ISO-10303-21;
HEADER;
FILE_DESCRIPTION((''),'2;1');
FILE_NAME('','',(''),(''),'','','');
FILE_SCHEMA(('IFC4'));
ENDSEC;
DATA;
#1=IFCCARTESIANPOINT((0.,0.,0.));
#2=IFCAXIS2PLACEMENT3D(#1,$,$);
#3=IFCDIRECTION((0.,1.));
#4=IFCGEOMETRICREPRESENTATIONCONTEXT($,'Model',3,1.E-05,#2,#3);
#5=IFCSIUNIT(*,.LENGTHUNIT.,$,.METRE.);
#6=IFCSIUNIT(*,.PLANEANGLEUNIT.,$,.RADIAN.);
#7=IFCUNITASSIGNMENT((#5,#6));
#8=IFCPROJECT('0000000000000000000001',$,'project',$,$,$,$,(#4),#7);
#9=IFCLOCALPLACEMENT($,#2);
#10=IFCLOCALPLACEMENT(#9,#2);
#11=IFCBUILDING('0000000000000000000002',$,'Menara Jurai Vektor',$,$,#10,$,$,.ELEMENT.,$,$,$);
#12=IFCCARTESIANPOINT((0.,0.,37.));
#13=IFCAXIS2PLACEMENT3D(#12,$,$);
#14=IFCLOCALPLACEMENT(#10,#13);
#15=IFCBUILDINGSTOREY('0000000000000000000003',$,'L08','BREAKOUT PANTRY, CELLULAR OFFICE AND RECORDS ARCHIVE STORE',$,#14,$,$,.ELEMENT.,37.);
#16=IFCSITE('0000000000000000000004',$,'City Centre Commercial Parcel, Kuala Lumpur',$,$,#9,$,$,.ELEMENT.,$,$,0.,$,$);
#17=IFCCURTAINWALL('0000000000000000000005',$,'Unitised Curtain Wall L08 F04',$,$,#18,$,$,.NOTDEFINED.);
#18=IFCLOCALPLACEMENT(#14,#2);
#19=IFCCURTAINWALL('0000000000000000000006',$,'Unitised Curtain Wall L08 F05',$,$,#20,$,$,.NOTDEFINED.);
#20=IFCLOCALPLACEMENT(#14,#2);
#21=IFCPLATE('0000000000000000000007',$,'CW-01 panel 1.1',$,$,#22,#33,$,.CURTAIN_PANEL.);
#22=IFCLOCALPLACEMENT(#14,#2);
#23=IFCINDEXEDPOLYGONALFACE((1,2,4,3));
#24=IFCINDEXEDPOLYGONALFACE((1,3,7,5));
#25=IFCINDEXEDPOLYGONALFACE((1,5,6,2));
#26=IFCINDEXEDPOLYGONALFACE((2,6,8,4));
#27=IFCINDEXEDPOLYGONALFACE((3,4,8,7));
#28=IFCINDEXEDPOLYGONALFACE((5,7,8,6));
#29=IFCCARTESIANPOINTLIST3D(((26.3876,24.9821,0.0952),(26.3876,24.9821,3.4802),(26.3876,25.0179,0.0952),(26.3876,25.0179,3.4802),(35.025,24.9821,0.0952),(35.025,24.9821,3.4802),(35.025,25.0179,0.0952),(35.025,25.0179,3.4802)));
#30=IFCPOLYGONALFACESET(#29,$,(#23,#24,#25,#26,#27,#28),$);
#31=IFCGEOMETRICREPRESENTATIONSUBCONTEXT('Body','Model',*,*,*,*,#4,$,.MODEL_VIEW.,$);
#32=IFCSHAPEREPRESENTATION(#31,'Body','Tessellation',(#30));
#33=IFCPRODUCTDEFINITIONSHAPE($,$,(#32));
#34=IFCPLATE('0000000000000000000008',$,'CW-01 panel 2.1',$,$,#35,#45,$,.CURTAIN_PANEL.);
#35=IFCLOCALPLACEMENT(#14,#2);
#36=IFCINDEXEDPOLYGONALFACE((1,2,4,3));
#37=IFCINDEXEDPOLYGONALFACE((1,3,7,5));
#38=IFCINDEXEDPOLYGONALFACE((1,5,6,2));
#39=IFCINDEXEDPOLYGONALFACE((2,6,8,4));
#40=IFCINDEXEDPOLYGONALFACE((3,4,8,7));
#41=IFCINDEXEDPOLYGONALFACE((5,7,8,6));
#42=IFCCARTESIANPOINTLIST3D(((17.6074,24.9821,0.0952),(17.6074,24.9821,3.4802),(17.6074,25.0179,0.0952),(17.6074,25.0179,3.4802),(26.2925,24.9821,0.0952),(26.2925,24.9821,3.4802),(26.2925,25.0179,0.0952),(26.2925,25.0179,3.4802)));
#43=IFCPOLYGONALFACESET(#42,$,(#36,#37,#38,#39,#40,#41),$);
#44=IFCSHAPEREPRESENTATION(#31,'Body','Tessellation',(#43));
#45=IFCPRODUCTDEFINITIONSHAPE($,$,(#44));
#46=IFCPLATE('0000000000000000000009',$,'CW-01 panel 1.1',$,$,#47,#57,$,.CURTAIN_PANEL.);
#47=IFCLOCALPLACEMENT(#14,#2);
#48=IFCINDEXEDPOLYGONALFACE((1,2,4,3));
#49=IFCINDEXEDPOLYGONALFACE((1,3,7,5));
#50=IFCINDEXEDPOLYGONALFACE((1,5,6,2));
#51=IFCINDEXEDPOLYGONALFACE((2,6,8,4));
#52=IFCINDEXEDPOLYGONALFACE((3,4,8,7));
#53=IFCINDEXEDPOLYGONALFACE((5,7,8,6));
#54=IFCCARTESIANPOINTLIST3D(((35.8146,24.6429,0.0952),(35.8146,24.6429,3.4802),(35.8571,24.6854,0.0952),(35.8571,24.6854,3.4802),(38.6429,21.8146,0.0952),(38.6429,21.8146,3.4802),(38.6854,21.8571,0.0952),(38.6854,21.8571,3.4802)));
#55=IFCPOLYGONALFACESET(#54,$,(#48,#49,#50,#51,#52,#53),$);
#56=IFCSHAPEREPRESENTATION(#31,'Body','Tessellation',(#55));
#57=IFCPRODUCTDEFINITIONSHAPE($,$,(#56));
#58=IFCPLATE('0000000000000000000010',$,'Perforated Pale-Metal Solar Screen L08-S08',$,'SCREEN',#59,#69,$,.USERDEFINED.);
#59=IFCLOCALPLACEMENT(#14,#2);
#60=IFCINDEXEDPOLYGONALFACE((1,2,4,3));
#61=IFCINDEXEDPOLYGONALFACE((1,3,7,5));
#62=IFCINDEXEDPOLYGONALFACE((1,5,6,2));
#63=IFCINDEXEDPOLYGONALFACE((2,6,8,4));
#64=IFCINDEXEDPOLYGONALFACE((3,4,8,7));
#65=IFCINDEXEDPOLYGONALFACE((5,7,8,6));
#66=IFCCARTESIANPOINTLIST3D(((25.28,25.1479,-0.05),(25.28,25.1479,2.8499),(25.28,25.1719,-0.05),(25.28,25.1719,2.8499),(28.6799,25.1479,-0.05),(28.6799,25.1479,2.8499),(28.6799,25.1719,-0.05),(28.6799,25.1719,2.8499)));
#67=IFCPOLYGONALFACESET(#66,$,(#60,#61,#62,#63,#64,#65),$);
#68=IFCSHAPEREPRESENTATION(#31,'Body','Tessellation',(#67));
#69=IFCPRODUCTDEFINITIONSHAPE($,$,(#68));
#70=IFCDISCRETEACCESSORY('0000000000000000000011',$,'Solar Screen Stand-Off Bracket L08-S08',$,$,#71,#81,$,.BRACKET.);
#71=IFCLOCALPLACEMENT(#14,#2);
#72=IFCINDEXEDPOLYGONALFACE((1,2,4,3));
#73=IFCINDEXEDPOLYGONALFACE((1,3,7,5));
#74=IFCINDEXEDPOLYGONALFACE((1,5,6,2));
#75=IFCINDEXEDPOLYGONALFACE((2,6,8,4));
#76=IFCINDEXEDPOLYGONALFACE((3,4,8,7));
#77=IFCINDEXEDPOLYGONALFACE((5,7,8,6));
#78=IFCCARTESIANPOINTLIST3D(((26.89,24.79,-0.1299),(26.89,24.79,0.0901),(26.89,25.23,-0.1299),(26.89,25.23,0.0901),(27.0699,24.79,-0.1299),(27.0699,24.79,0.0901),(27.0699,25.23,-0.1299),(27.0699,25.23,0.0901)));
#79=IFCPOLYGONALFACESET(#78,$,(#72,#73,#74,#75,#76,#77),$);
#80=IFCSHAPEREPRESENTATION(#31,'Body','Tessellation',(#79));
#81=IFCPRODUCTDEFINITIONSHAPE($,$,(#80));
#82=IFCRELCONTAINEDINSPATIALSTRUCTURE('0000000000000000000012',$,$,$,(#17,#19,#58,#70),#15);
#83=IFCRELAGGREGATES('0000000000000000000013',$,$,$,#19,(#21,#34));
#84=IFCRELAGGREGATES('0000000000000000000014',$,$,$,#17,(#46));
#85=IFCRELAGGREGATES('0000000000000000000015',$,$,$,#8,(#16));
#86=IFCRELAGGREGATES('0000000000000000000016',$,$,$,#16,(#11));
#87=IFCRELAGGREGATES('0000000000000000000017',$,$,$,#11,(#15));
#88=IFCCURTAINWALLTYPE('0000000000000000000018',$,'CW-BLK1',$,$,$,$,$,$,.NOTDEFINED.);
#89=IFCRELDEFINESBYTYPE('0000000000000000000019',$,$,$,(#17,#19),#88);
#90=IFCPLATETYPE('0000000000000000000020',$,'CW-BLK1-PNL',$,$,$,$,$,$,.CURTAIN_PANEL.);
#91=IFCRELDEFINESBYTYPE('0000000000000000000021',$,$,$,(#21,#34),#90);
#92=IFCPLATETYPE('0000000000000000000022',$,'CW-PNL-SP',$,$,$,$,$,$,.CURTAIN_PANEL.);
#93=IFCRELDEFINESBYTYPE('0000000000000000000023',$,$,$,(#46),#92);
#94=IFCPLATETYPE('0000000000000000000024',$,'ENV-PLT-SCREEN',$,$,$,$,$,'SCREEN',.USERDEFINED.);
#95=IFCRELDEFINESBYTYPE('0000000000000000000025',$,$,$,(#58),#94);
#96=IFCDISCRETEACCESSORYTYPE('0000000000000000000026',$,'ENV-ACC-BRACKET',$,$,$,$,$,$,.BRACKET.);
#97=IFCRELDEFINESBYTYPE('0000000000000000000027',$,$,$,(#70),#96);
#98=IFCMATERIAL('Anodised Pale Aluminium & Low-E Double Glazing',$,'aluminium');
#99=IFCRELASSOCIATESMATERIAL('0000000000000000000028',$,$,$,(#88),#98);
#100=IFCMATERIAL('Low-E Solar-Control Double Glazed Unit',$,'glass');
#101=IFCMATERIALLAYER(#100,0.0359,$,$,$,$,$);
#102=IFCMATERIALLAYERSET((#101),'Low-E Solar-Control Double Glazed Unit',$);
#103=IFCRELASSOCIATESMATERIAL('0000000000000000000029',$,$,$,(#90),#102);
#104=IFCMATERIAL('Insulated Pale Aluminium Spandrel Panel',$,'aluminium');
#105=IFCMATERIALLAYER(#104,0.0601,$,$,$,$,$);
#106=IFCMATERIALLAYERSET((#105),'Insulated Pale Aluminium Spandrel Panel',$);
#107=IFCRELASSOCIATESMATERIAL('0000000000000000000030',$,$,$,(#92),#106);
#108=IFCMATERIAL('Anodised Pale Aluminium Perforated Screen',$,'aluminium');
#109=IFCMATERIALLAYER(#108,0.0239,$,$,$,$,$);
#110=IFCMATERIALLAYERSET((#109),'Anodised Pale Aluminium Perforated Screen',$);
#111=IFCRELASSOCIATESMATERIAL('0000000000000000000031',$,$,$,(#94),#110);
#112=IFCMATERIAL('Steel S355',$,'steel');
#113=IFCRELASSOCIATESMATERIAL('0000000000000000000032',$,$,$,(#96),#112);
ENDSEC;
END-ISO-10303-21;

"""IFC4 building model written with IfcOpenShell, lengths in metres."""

from ifc_helpers import new_model, si_unit, direction, frame, origin, origin_2d, place, context, subcontext, project, spatial, rectangle, extrude, material, layer, layer_set, type_object, element, aggregate, save


model = new_model("IFC4")

# Units and contexts
model_context = context("Model", 3, precision=1e-05, world=origin(), true_north=direction((0.0, 1.0)))
body_context = subcontext(model_context, "Body", "Model", "MODEL_VIEW")
ifc_project = project(units=[si_unit("LENGTHUNIT", "METRE"), si_unit("PLANEANGLEUNIT", "RADIAN")], contexts=[model_context])

# Site, building, storey
site_placement = place(None, origin())
site = spatial("IfcSite", under=ifc_project, at=site_placement, Name="City Centre Commercial Parcel, Kuala Lumpur", CompositionType="ELEMENT", RefElevation=0.0)
building_placement = place(site_placement, origin())
building = spatial("IfcBuilding", under=site, at=building_placement, Name="Menara Jurai Vektor", CompositionType="ELEMENT")
storey_placement = place(building_placement, frame((0.0, 0.0, 37.0)))
storey = spatial("IfcBuildingStorey", under=building, at=storey_placement, Name="L08", Description="BREAKOUT PANTRY, CELLULAR OFFICE AND RECORDS ARCHIVE STORE", CompositionType="ELEMENT", Elevation=37.0)

# Curtain walls
ifc_material_1 = material(Name="Anodised Pale Aluminium & Low-E Double Glazing", Category="aluminium")
curtain_wall_type = type_object("IfcCurtainWallType", Name="CW-BLK1", PredefinedType="NOTDEFINED", material=ifc_material_1)
curtain_wall_1_placement = place(storey_placement, origin())
curtain_wall_1 = element("IfcCurtainWall", 1, at=curtain_wall_1_placement, inside=storey, type_object=curtain_wall_type, Name="Unitised Curtain Wall L08 F04", PredefinedType="NOTDEFINED")
curtain_wall_2_placement = place(storey_placement, origin())
curtain_wall_2 = element("IfcCurtainWall", 2, at=curtain_wall_2_placement, inside=storey, type_object=curtain_wall_type, Name="Unitised Curtain Wall L08 F05", PredefinedType="NOTDEFINED")

# Shared definitions
ifc_material_2 = material(Name="Steel S355", Category="steel")

# Plates
ifc_material_3 = material(Name="Low-E Solar-Control Double Glazed Unit", Category="glass")
ifc_layer_1 = layer(ifc_material_3, 0.0359)
ifc_layer_set_1 = layer_set([ifc_layer_1], Name="Low-E Solar-Control Double Glazed Unit")
plate_type_1 = type_object("IfcPlateType", Name="CW-BLK1-PNL", PredefinedType="CURTAIN_PANEL", material=ifc_layer_set_1)
plate_1_placement = place(storey_placement, frame((30.7063, 25.0, 0.0952), z_axis=(0.0, 0.0, 1.0), x_axis=(-1.0, 0.0, 0.0)))
plate_1 = element("IfcPlate", 3, at=plate_1_placement, type_object=plate_type_1, Name="CW-01 panel 1.1", PredefinedType="CURTAIN_PANEL", context=body_context, shape_type="SweptSolid", body=[
    extrude(rectangle(XDim=8.6375, YDim=0.0359, at=origin_2d()), origin(), (0.0, 0.0, 1.0), 3.385),
])
plate_2_placement = place(storey_placement, frame((21.95, 25.0, 0.0952), z_axis=(0.0, 0.0, 1.0), x_axis=(-1.0, 0.0, 0.0)))
plate_2 = element("IfcPlate", 4, at=plate_2_placement, type_object=plate_type_1, Name="CW-01 panel 2.1", PredefinedType="CURTAIN_PANEL", context=body_context, shape_type="SweptSolid", body=[
    extrude(rectangle(XDim=8.6851, YDim=0.0359, at=origin_2d()), origin(), (0.0, 0.0, 1.0), 3.385),
])
aggregate(curtain_wall_2, [plate_1, plate_2])
ifc_material_4 = material(Name="Insulated Pale Aluminium Spandrel Panel", Category="aluminium")
ifc_layer_2 = layer(ifc_material_4, 0.0601)
ifc_layer_set_2 = layer_set([ifc_layer_2], Name="Insulated Pale Aluminium Spandrel Panel")
plate_type_2 = type_object("IfcPlateType", Name="CW-PNL-SP", PredefinedType="CURTAIN_PANEL", material=ifc_layer_set_2)
plate_3_placement = place(storey_placement, frame((37.25, 23.25, 0.0952), z_axis=(0.0, 0.0, 1.0), x_axis=(-0.707107, 0.707107, 0.0)))
plate_3 = element("IfcPlate", 5, at=plate_3_placement, type_object=plate_type_2, Name="CW-01 panel 1.1", PredefinedType="CURTAIN_PANEL", context=body_context, shape_type="SweptSolid", body=[
    extrude(rectangle(XDim=3.9998, YDim=0.0601, at=origin_2d()), origin(), (0.0, 0.0, 1.0), 3.385),
])
aggregate(curtain_wall_1, [plate_3])
ifc_material_5 = material(Name="Anodised Pale Aluminium Perforated Screen", Category="aluminium")
ifc_layer_3 = layer(ifc_material_5, 0.0239)
ifc_layer_set_3 = layer_set([ifc_layer_3], Name="Anodised Pale Aluminium Perforated Screen")
plate_type_3 = type_object("IfcPlateType", Name="ENV-PLT-SCREEN", ElementType="SCREEN", PredefinedType="USERDEFINED", material=ifc_layer_set_3)
plate_4_placement = place(storey_placement, frame((26.98, 25.1599, -0.05), z_axis=(0.0, 0.0, 1.0), x_axis=(-1.0, 0.0, 0.0)))
element("IfcPlate", 6, at=plate_4_placement, inside=storey, type_object=plate_type_3, Name="Perforated Pale-Metal Solar Screen L08-S08", ObjectType="SCREEN", PredefinedType="USERDEFINED", context=body_context, shape_type="SweptSolid", body=[
    extrude(rectangle(XDim=3.3999, YDim=0.0239, at=origin_2d()), origin(), (0.0, 0.0, 1.0), 2.8999),
])

# Discrete accessory
discrete_accessory_type = type_object("IfcDiscreteAccessoryType", Name="ENV-ACC-BRACKET", PredefinedType="BRACKET", material=ifc_material_2)
discrete_accessory_placement = place(storey_placement, frame((26.98, 25.01, -0.1299), z_axis=(0.0, 0.0, 1.0), x_axis=(-1.0, 0.0, 0.0)))
element("IfcDiscreteAccessory", 7, at=discrete_accessory_placement, inside=storey, type_object=discrete_accessory_type, Name="Solar Screen Stand-Off Bracket L08-S08", PredefinedType="BRACKET", context=body_context, shape_type="SweptSolid", body=[
    extrude(rectangle(XDim=0.1799, YDim=0.4399, at=origin_2d()), origin(), (0.0, 0.0, 1.0), 0.22),
])

save(model, "model.ifc")
